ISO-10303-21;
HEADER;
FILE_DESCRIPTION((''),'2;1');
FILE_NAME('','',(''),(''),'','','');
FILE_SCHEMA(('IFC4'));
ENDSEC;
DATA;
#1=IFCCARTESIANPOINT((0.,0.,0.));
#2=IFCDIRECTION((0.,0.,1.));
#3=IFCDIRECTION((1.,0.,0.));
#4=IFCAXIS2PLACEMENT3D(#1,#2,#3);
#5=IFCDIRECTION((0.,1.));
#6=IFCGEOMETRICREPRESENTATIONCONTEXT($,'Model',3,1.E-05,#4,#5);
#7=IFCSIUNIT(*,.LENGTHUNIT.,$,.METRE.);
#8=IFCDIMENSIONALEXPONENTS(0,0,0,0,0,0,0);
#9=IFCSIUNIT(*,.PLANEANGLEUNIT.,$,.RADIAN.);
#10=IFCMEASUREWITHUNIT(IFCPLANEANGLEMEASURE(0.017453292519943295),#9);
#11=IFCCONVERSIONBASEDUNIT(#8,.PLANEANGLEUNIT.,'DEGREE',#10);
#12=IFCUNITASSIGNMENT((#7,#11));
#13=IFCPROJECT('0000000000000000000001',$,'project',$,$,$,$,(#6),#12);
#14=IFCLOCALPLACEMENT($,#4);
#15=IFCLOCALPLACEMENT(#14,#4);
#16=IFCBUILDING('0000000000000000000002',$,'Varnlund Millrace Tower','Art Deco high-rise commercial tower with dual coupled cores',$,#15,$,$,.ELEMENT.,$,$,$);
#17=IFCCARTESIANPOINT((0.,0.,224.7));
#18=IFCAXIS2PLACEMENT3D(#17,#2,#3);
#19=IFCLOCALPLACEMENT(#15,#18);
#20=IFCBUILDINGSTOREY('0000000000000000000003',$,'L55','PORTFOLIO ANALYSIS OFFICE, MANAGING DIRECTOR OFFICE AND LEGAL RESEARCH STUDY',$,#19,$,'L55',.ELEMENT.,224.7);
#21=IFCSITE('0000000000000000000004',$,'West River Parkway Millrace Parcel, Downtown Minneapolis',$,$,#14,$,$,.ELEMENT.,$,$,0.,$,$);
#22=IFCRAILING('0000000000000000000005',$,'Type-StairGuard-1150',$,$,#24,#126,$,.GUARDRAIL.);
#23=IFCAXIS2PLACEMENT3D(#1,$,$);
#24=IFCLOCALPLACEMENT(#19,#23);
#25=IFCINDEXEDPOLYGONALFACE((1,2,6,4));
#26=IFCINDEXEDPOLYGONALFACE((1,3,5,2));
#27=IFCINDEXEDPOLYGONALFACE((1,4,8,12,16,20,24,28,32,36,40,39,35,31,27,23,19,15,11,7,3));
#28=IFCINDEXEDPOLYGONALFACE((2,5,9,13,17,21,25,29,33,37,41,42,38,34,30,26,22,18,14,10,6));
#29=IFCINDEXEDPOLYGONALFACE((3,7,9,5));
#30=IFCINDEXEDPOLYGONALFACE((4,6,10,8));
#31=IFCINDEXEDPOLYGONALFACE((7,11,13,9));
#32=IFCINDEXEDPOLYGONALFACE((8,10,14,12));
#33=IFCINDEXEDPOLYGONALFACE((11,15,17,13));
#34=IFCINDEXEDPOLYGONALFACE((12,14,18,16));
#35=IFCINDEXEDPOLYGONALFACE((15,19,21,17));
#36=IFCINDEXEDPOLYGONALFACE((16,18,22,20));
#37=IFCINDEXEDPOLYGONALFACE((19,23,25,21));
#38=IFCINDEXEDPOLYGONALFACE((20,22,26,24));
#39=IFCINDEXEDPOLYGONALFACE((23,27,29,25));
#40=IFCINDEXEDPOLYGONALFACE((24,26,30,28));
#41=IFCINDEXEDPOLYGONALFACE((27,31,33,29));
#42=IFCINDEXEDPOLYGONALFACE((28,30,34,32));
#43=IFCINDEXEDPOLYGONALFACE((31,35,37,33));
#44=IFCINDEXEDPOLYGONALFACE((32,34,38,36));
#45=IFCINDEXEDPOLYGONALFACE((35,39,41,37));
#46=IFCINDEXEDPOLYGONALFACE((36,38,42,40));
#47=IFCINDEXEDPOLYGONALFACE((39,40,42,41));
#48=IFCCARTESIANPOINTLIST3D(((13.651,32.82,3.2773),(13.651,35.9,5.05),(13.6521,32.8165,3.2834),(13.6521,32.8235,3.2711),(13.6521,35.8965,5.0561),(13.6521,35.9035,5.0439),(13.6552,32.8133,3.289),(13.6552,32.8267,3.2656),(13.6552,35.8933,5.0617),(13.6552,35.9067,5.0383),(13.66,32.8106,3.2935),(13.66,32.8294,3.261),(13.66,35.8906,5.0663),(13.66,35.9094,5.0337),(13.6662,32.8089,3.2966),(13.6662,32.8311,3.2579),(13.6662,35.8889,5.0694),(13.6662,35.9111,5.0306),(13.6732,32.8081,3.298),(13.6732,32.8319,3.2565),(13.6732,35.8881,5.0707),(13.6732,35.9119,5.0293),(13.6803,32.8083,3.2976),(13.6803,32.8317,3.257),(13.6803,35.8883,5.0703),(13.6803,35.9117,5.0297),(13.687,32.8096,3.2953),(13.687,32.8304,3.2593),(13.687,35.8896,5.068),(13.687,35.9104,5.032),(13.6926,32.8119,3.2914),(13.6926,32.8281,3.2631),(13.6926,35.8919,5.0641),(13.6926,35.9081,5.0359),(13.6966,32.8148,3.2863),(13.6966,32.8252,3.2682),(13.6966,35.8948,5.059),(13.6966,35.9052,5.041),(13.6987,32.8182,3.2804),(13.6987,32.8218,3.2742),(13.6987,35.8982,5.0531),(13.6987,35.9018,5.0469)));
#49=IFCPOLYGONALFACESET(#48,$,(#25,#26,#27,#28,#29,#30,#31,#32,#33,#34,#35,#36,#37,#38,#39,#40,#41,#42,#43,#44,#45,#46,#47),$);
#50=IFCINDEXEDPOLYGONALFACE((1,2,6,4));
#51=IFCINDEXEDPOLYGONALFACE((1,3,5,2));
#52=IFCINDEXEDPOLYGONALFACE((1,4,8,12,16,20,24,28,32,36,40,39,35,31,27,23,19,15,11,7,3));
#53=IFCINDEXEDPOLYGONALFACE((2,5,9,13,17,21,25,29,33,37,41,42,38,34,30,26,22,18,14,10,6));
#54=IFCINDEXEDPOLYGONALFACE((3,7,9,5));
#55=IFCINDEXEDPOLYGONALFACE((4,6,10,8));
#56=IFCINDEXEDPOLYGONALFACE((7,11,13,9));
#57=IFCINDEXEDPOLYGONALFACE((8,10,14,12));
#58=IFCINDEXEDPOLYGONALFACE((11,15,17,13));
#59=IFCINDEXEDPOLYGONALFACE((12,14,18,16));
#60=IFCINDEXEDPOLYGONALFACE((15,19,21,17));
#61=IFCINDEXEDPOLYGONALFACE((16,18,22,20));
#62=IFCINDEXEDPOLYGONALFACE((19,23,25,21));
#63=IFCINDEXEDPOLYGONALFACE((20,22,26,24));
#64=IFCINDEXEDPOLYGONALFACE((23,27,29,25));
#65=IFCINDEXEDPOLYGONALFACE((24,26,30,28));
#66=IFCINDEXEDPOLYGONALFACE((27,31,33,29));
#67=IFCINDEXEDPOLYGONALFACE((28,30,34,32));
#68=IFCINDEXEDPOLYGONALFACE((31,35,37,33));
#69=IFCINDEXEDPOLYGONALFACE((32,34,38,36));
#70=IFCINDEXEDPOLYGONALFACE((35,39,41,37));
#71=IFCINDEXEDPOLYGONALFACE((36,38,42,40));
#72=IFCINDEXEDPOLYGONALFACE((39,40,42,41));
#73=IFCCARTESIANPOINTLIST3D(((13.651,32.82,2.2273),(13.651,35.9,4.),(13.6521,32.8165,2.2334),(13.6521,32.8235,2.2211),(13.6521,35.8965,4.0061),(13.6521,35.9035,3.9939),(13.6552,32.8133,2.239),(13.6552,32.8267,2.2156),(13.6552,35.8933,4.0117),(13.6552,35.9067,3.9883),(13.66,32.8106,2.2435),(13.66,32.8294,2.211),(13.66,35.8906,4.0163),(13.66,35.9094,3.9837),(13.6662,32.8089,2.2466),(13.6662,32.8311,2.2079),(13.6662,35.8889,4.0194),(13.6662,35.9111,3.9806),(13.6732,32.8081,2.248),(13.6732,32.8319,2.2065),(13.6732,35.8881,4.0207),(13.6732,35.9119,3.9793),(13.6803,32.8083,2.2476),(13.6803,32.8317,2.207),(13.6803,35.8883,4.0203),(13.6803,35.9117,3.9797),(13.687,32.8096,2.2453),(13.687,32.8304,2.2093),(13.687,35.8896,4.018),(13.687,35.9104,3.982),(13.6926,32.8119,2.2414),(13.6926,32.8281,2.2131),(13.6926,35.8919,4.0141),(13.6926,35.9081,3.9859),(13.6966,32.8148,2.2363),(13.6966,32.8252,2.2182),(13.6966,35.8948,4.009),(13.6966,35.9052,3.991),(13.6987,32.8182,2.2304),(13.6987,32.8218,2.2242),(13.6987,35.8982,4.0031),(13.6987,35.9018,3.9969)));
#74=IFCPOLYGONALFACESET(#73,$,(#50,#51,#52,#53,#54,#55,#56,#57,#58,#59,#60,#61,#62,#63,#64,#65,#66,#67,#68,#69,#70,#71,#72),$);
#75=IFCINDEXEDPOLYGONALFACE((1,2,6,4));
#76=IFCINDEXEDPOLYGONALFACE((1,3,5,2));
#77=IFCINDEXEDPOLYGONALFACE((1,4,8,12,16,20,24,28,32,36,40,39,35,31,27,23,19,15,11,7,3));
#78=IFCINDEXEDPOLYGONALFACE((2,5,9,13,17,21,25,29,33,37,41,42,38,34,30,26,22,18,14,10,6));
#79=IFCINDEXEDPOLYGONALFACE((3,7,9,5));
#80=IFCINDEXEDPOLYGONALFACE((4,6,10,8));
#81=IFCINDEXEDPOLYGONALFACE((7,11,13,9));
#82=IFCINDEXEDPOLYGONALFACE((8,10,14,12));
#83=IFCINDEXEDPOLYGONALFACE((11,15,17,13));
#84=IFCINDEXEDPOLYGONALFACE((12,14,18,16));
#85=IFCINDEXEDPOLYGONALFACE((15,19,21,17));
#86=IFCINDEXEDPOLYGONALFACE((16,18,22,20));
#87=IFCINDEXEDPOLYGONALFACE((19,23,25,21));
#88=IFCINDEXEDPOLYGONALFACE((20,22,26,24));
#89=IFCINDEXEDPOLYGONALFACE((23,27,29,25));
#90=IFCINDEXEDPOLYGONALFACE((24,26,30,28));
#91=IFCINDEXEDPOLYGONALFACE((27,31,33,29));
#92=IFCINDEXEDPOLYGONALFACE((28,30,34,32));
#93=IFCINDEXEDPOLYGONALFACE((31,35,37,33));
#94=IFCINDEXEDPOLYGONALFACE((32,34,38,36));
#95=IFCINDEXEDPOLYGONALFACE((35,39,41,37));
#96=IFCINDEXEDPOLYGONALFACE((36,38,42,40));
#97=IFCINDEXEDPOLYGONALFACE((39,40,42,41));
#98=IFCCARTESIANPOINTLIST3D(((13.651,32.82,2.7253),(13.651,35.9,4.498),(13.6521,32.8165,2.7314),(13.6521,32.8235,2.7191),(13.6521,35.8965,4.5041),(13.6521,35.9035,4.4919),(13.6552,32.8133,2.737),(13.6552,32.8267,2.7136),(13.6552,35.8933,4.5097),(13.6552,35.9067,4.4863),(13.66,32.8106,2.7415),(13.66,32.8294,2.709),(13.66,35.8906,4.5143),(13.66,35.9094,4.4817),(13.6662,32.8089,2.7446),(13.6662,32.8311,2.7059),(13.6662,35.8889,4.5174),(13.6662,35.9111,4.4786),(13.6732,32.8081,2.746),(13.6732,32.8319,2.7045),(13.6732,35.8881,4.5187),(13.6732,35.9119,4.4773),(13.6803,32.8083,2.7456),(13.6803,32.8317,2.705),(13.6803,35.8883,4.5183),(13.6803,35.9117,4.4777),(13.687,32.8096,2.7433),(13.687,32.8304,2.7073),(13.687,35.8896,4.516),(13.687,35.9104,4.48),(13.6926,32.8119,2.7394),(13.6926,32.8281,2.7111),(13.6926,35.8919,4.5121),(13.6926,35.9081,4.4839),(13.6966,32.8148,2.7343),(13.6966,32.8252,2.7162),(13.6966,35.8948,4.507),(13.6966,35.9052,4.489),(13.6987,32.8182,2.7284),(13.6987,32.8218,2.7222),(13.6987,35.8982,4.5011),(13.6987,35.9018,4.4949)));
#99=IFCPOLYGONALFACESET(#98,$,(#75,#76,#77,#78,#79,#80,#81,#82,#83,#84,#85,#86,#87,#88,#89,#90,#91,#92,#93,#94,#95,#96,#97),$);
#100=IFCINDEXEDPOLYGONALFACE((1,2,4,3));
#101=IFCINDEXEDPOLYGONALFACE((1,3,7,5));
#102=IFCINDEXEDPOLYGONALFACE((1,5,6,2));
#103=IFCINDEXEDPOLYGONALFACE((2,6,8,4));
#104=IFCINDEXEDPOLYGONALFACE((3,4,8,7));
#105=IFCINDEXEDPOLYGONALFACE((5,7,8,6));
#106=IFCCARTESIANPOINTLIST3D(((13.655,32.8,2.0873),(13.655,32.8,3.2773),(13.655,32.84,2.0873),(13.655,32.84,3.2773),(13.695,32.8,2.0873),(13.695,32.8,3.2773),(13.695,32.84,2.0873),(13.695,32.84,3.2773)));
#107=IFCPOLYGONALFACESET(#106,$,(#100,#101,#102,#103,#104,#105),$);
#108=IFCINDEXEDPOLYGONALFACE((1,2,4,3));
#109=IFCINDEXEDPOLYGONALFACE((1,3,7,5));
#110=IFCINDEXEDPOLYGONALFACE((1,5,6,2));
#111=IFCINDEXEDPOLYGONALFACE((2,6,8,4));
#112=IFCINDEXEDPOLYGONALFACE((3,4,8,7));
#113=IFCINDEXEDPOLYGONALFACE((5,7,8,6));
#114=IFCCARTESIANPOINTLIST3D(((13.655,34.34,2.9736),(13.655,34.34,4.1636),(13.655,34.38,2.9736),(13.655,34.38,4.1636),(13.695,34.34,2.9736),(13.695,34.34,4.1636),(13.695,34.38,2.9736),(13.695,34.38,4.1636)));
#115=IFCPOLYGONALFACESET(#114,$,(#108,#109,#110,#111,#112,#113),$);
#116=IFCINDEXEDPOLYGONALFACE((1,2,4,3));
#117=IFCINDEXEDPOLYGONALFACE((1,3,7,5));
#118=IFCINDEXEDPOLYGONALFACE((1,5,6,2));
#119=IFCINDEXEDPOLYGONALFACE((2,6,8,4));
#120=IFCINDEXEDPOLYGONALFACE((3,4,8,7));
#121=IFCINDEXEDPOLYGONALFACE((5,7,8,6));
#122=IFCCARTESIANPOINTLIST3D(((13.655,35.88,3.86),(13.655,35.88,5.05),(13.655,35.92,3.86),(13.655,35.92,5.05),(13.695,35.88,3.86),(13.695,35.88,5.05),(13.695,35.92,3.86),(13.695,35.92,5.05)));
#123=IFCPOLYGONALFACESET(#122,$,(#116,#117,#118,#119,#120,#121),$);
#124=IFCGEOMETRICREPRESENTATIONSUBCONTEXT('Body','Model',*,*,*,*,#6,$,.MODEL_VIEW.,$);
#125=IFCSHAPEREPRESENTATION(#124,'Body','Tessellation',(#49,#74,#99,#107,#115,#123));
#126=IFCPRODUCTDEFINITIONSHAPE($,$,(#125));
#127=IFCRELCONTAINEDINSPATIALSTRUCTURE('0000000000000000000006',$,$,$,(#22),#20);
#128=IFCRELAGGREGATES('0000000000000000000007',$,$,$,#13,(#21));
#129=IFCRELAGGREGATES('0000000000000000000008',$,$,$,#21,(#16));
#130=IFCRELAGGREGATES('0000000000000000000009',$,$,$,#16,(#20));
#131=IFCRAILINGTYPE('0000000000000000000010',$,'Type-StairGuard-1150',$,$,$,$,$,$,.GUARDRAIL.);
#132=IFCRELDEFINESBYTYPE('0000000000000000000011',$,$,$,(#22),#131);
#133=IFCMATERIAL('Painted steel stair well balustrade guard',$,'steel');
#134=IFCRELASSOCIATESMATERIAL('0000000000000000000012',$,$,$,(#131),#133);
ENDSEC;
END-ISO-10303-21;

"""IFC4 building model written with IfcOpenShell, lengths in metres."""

from ifc_helpers import new_model, entity, si_unit, converted_unit, direction, frame, origin_with_axes, origin_2d_with_axis, place, context, subcontext, project, spatial, rectangle, circle, extrude, material, type_object, element, save


model = new_model("IFC4")

# Units and contexts
model_context = context("Model", 3, precision=1e-05, world=origin_with_axes(), true_north=direction((0.0, 1.0)))
body_context = subcontext(model_context, "Body", "Model", "MODEL_VIEW")
ifc_project = project(units=[si_unit("LENGTHUNIT", "METRE"), converted_unit("PLANEANGLEUNIT", "DEGREE", entity("IfcPlaneAngleMeasure", 0.017453292519943295), si_unit("PLANEANGLEUNIT", "RADIAN"), dimensions=[0, 0, 0, 0, 0, 0, 0])], contexts=[model_context])

# Site, building, storey
site_placement = place(None, origin_with_axes())
site = spatial("IfcSite", under=ifc_project, at=site_placement, Name="West River Parkway Millrace Parcel, Downtown Minneapolis", CompositionType="ELEMENT", RefElevation=0.0)
building_placement = place(site_placement, origin_with_axes())
building = spatial("IfcBuilding", under=site, at=building_placement, Name="Varnlund Millrace Tower", Description="Art Deco high-rise commercial tower with dual coupled cores", CompositionType="ELEMENT")
storey_placement = place(building_placement, frame((0.0, 0.0, 224.7), z_axis=(0.0, 0.0, 1.0), x_axis=(1.0, 0.0, 0.0)))
storey = spatial("IfcBuildingStorey", under=building, at=storey_placement, Name="L55", Description="PORTFOLIO ANALYSIS OFFICE, MANAGING DIRECTOR OFFICE AND LEGAL RESEARCH STUDY", LongName="L55", CompositionType="ELEMENT", Elevation=224.7)

# Railing
ifc_material_1 = material(Name="Painted steel stair well balustrade guard", Category="steel")
railing_type_1 = type_object("IfcRailingType", Name="Type-StairGuard-1150", PredefinedType="GUARDRAIL", material=ifc_material_1)
railing_1_placement = place(storey_placement, frame((0.0, 0.0, -224.7), z_axis=(0.0, 0.0, 1.0), x_axis=(1.0, 0.0, 0.0)))
element("IfcRailing", 1, at=railing_1_placement, inside=storey, type_object=railing_type_1, Name="Type-StairGuard-1150", PredefinedType="GUARDRAIL", context=body_context, shape_type="SweptSolid", body=[
    extrude(circle(Radius=0.024, at=origin_2d_with_axis()), frame((13.675, 32.82, 227.9773), z_axis=(0.0, 0.866696, 0.498836), x_axis=(-1.0, 0.0, 0.0)), (0.0, 0.0, 1.0), 3.5537),
    extrude(circle(Radius=0.024, at=origin_2d_with_axis()), frame((13.675, 32.82, 226.9273), z_axis=(0.0, 0.866696, 0.498836), x_axis=(-1.0, 0.0, 0.0)), (0.0, 0.0, 1.0), 3.5537),
    extrude(circle(Radius=0.024, at=origin_2d_with_axis()), frame((13.675, 32.82, 227.4253), z_axis=(0.0, 0.866696, 0.498836), x_axis=(-1.0, 0.0, 0.0)), (0.0, 0.0, 1.0), 3.5537),
    extrude(rectangle(XDim=0.04, YDim=0.04, at=origin_2d_with_axis()), frame((13.675, 32.82, 226.7873), z_axis=(0.0, 0.0, 1.0), x_axis=(1.0, 0.0, 0.0)), (0.0, 0.0, 1.0), 1.19),
    extrude(rectangle(XDim=0.04, YDim=0.04, at=origin_2d_with_axis()), frame((13.675, 34.36, 227.6736), z_axis=(0.0, 0.0, 1.0), x_axis=(1.0, 0.0, 0.0)), (0.0, 0.0, 1.0), 1.19),
    extrude(rectangle(XDim=0.04, YDim=0.04, at=origin_2d_with_axis()), frame((13.675, 35.9, 228.56), z_axis=(0.0, 0.0, 1.0), x_axis=(1.0, 0.0, 0.0)), (0.0, 0.0, 1.0), 1.19),
])

save(model, "model.ifc")
